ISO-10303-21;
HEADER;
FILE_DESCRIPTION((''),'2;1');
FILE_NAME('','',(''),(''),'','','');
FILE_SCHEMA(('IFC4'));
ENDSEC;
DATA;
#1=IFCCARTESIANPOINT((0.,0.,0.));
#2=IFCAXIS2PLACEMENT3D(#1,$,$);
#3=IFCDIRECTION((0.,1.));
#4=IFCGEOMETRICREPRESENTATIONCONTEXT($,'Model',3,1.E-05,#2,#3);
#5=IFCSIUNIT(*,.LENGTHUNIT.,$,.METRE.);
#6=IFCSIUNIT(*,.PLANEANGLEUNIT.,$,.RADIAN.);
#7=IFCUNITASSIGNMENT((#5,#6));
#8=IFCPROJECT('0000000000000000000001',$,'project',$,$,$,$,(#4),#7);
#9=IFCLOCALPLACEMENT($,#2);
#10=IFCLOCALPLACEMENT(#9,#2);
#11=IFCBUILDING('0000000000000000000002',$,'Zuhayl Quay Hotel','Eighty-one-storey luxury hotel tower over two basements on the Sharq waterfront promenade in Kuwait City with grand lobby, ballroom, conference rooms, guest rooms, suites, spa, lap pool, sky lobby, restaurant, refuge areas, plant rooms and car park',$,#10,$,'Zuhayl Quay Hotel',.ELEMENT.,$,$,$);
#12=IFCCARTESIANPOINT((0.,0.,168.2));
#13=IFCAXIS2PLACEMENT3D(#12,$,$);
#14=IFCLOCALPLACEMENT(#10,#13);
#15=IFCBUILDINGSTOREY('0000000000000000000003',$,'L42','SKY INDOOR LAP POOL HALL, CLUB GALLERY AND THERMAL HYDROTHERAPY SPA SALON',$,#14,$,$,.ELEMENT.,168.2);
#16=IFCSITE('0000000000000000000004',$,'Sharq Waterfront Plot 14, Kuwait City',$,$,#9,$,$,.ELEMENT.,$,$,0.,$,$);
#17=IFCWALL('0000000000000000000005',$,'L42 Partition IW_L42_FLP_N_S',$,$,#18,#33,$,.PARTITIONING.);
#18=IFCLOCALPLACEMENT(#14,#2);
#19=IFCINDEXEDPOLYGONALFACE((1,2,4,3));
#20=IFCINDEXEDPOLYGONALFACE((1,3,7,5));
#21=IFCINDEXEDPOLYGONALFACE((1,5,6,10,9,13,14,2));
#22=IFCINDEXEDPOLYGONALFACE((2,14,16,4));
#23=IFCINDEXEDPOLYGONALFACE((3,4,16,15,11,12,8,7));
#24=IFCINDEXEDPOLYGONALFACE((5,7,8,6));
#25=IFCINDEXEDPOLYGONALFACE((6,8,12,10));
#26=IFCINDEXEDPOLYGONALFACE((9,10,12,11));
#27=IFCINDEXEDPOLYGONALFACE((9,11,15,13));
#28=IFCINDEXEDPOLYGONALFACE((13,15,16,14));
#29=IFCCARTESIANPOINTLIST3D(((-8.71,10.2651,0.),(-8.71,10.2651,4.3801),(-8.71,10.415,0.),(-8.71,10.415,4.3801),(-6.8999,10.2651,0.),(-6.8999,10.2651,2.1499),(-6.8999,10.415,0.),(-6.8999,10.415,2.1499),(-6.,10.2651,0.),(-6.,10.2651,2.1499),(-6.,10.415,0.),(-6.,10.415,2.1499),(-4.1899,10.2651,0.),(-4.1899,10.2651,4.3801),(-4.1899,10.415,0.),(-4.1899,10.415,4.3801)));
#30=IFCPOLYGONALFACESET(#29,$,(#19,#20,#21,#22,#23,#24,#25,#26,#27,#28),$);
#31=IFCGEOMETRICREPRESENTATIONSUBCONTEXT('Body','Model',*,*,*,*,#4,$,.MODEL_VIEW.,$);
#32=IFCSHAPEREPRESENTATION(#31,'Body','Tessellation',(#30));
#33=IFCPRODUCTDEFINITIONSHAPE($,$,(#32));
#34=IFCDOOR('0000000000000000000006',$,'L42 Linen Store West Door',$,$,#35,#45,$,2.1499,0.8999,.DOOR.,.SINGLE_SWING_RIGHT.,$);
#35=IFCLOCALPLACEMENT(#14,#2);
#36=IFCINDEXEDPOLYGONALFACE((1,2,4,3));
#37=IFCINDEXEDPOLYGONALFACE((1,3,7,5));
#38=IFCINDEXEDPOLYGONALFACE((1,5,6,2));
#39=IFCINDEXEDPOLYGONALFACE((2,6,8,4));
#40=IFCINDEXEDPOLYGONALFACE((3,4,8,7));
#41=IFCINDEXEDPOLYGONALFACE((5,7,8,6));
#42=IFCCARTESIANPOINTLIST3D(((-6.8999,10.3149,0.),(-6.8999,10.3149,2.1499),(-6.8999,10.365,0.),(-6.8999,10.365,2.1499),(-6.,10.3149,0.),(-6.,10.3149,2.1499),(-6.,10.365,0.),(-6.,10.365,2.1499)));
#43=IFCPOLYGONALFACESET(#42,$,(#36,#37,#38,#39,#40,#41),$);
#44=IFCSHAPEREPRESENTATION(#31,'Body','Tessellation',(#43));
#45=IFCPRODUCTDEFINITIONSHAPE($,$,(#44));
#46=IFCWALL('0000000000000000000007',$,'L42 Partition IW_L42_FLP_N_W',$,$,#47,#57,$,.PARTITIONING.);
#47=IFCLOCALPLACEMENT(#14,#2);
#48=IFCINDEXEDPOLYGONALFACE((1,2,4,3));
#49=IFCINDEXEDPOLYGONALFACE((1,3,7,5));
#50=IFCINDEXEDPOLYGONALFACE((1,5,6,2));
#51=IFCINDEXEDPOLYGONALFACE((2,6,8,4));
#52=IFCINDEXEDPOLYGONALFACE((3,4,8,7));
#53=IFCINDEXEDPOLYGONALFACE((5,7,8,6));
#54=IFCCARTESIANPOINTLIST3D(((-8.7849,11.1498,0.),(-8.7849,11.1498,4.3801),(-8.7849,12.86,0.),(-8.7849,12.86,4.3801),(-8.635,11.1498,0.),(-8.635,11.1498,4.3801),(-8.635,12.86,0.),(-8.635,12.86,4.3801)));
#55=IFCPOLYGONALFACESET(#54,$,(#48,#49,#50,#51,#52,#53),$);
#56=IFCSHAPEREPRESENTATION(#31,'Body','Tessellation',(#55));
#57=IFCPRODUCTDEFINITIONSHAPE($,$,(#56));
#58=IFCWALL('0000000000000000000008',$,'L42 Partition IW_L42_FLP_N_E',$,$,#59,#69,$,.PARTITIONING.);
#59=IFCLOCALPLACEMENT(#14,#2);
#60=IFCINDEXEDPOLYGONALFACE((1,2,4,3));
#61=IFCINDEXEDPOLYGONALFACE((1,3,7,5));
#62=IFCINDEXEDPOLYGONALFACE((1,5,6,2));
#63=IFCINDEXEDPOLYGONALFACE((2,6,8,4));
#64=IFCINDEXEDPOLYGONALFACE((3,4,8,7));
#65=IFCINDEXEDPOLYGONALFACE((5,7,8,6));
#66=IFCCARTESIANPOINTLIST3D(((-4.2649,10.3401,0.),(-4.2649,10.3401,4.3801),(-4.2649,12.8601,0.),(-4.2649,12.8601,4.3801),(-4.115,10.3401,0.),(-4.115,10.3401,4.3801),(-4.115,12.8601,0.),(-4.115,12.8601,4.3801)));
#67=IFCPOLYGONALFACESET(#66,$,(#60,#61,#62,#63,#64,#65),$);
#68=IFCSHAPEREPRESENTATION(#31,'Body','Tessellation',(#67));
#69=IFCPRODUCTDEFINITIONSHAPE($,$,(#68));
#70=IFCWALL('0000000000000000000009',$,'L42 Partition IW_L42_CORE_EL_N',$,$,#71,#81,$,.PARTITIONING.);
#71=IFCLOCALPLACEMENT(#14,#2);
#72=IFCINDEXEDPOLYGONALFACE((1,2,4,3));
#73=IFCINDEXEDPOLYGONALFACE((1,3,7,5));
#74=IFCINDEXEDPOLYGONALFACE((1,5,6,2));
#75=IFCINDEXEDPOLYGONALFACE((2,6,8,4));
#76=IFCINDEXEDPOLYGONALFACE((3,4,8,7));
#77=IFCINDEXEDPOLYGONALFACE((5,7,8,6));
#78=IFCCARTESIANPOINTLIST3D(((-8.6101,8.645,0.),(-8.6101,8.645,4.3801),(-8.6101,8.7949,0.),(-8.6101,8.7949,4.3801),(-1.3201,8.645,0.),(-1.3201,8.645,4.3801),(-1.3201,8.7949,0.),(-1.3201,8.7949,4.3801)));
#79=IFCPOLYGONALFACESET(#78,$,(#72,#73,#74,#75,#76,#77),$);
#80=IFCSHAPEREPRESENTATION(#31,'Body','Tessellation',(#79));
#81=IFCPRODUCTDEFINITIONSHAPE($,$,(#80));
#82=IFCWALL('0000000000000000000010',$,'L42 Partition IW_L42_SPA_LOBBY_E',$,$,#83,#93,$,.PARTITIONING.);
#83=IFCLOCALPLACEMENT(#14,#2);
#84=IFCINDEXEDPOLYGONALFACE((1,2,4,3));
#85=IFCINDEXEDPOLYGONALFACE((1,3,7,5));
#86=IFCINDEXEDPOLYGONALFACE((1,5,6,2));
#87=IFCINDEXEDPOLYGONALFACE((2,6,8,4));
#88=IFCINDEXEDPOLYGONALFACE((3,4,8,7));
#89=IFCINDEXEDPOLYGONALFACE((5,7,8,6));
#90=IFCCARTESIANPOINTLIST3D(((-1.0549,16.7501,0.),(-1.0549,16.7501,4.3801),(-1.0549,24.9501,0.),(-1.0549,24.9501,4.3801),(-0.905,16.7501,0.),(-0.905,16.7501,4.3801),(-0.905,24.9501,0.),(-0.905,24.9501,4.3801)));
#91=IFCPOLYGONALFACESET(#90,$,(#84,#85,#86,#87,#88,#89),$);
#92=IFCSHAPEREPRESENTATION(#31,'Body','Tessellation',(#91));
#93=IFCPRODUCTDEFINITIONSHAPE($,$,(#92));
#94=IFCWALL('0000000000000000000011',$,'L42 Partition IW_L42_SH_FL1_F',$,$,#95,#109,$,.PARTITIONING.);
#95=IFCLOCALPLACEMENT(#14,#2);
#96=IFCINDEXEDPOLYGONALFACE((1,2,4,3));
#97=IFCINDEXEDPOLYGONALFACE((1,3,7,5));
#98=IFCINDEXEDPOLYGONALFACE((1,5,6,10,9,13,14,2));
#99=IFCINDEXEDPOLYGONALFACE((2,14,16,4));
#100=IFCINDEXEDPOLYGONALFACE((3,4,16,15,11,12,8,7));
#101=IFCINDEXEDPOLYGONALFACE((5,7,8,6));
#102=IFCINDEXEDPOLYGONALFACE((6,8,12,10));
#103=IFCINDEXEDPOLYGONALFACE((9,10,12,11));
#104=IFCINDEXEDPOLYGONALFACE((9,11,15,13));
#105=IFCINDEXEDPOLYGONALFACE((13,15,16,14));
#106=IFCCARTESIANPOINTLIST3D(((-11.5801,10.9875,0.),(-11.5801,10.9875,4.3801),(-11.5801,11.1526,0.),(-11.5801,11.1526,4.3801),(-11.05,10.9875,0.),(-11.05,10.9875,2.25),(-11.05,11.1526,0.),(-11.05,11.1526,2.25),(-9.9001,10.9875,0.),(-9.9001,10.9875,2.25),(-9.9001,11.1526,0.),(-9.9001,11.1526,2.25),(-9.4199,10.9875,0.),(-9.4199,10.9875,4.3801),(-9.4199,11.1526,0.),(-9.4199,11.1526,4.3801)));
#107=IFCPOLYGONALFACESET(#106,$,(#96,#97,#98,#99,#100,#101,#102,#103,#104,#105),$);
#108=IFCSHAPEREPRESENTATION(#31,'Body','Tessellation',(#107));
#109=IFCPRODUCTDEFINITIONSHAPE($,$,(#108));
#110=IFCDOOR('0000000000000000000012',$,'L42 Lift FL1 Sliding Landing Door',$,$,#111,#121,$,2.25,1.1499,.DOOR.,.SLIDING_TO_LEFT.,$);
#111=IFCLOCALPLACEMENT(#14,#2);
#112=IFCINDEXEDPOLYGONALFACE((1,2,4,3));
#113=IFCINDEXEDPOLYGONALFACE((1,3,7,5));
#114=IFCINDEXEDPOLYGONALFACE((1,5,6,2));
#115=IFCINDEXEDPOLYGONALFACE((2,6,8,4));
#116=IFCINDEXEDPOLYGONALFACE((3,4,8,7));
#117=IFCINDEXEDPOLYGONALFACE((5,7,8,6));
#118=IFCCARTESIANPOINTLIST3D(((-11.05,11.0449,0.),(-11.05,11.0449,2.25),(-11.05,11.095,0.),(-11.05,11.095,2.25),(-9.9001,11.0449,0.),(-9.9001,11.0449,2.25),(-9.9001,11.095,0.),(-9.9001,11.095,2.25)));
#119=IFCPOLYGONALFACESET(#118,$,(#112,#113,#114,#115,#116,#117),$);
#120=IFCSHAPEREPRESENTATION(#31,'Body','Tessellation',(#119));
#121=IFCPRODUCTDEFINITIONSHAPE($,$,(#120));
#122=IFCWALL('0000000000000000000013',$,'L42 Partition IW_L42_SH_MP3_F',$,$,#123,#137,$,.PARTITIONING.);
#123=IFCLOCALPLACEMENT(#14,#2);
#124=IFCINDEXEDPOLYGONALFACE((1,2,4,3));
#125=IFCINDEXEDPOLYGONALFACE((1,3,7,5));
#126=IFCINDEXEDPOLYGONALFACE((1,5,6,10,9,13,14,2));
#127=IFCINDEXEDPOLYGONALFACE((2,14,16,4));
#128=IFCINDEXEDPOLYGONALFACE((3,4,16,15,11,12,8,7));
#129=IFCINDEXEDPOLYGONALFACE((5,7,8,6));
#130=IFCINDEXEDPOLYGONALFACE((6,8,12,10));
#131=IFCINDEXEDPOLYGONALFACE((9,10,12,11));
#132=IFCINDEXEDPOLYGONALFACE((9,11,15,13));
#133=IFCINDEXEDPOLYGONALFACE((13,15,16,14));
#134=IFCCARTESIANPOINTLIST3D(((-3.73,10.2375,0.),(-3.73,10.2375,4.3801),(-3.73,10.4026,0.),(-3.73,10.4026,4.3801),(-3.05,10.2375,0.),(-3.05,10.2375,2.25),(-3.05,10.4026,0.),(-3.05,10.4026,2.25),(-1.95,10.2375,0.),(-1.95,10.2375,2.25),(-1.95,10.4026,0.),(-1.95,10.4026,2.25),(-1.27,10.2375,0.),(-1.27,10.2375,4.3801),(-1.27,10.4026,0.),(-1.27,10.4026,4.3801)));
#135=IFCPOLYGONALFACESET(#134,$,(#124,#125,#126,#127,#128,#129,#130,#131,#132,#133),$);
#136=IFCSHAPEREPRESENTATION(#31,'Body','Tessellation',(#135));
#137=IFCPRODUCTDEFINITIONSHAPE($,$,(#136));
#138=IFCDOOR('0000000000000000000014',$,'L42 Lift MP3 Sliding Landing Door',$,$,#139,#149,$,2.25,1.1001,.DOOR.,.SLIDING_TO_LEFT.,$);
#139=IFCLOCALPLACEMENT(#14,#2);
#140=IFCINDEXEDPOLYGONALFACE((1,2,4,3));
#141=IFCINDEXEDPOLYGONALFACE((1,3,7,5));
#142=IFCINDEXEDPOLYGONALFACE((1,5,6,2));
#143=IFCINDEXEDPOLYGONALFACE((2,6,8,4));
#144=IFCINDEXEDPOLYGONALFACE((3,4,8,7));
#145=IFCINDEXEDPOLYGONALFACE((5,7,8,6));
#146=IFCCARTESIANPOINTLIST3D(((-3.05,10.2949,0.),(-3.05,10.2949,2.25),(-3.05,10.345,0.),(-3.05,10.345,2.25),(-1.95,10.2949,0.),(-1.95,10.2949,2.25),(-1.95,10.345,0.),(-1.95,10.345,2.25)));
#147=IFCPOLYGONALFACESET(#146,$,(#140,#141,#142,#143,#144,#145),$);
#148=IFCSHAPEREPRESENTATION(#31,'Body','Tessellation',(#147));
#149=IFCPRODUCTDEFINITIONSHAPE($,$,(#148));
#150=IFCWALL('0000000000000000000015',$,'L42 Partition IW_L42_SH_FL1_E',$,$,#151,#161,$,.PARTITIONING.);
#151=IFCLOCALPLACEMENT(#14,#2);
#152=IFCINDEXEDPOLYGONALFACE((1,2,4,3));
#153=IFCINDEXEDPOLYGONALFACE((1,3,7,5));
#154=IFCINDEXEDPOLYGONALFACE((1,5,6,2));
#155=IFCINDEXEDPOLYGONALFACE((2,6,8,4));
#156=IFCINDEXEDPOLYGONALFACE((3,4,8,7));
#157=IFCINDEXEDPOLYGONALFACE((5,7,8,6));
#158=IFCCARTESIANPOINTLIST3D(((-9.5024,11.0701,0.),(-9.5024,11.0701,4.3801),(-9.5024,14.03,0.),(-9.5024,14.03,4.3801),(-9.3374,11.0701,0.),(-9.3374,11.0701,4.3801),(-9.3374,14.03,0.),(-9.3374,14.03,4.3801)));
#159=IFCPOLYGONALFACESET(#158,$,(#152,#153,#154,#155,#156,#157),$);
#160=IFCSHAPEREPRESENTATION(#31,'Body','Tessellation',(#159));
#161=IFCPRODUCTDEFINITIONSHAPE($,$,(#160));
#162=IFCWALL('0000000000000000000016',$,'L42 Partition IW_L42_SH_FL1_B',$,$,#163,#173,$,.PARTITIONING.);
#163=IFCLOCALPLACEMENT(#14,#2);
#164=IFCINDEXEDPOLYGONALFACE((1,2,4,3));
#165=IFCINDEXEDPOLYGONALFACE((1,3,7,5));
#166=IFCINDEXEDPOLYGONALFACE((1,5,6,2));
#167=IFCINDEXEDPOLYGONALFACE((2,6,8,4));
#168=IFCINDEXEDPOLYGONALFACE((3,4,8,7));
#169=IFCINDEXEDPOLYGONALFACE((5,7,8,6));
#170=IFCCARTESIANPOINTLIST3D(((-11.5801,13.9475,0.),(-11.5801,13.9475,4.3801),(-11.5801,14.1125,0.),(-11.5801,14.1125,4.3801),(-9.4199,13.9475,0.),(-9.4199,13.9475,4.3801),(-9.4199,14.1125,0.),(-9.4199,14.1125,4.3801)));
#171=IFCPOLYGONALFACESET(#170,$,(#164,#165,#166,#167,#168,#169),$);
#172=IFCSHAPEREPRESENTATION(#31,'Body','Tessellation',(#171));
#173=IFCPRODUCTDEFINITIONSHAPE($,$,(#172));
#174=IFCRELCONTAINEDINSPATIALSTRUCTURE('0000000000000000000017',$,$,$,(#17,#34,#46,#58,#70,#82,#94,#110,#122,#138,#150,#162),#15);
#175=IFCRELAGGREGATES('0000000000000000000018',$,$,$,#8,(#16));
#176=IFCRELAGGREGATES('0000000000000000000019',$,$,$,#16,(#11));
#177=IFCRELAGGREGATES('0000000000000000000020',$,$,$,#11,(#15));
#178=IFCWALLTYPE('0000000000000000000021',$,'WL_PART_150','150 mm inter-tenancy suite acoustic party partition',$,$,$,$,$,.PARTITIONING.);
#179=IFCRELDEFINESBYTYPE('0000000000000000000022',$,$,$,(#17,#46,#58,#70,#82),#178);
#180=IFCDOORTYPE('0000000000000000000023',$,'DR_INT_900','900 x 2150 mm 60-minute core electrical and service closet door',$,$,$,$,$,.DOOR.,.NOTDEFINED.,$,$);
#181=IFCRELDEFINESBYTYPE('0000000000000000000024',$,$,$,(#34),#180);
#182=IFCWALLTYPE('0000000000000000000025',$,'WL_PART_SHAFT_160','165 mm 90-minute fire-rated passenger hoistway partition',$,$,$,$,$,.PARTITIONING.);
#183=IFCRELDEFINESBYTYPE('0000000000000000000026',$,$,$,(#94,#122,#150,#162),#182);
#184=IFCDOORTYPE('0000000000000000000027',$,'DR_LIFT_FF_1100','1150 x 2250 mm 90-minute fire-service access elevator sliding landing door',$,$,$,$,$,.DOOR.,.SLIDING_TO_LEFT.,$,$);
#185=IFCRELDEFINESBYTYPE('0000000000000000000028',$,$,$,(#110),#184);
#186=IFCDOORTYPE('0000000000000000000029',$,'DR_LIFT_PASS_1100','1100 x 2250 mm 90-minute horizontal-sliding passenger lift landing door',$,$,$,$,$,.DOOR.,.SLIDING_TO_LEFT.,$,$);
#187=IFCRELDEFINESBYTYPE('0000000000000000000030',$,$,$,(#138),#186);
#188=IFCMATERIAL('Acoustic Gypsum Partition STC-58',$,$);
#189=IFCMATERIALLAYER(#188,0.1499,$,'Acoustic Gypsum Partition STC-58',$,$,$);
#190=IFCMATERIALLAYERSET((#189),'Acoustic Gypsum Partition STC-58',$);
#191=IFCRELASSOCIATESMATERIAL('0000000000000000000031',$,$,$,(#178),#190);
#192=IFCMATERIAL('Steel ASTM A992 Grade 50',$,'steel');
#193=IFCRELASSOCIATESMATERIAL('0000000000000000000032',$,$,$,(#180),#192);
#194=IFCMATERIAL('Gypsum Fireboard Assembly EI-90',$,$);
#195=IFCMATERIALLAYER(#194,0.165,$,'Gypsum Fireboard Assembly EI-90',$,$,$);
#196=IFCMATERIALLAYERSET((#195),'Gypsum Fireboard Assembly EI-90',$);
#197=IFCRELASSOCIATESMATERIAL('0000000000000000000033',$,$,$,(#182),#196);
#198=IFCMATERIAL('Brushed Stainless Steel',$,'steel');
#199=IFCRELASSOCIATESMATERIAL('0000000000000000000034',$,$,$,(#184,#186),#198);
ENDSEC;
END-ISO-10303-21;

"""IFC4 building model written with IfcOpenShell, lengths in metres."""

from ifc_helpers import new_model, si_unit, direction, frame, frame_2d, origin, place, context, subcontext, project, spatial, rectangle, extrude, material, layer, layer_set, type_object, element, fill, save


model = new_model("IFC4")

# Units and contexts
model_context = context("Model", 3, precision=1e-05, world=origin(), true_north=direction((0.0, 1.0)))
body_context = subcontext(model_context, "Body", "Model", "MODEL_VIEW")
ifc_project = project(units=[si_unit("LENGTHUNIT", "METRE"), si_unit("PLANEANGLEUNIT", "RADIAN")], contexts=[model_context])

# Site, building, storey
site_placement = place(None, origin())
site = spatial("IfcSite", under=ifc_project, at=site_placement, Name="Sharq Waterfront Plot 14, Kuwait City", CompositionType="ELEMENT", RefElevation=0.0)
building_placement = place(site_placement, origin())
building = spatial("IfcBuilding", under=site, at=building_placement, Name="Zuhayl Quay Hotel", Description="Eighty-one-storey luxury hotel tower over two basements on the Sharq waterfront promenade in Kuwait City with grand lobby, ballroom, conference rooms, guest rooms, suites, spa, lap pool, sky lobby, restaurant, refuge areas, plant rooms and car park", LongName="Zuhayl Quay Hotel", CompositionType="ELEMENT")
storey_placement = place(building_placement, frame((0.0, 0.0, 168.2)))
storey = spatial("IfcBuildingStorey", under=building, at=storey_placement, Name="L42", Description="SKY INDOOR LAP POOL HALL, CLUB GALLERY AND THERMAL HYDROTHERAPY SPA SALON", CompositionType="ELEMENT", Elevation=168.2)

# Shared definitions
ifc_material_1 = material(Name="Steel ASTM A992 Grade 50", Category="steel")

# Wall, opening, door
ifc_material_2 = material(Name="Acoustic Gypsum Partition STC-58")
ifc_layer_1 = layer(ifc_material_2, 0.1499, Name="Acoustic Gypsum Partition STC-58")
ifc_layer_set_1 = layer_set([ifc_layer_1], Name="Acoustic Gypsum Partition STC-58")
wall_type_1 = type_object("IfcWallType", Name="WL_PART_150", Description="150 mm inter-tenancy suite acoustic party partition", PredefinedType="PARTITIONING", material=ifc_layer_set_1)
wall_1_placement = place(storey_placement, frame((-8.71, 10.3401, 0.0), z_axis=(0.0, 0.0, 1.0), x_axis=(1.0, 0.0, 0.0)))
wall_1 = element("IfcWall", 1, at=wall_1_placement, inside=storey, type_object=wall_type_1, Name="L42 Partition IW_L42_FLP_N_S", PredefinedType="PARTITIONING", context=body_context, shape_type="SweptSolid", body=[
    extrude(rectangle(XDim=4.52, YDim=0.1499, at=frame_2d((2.26, 0.0))), origin(), (0.0, 0.0, 1.0), 4.3801),
])
opening_1_placement = place(wall_1_placement, frame((1.8101, 0.0, 0.0)))
opening_1 = element("IfcOpeningElement", 2, at=opening_1_placement, cuts=wall_1, PredefinedType="OPENING", context=body_context, shape_type="SweptSolid", body=[
    extrude(rectangle(XDim=0.8999, YDim=2.1499, at=frame_2d((0.45, 1.075))), frame((0.0, 0.085, 0.0), z_axis=(0.0, -1.0, 0.0), x_axis=(1.0, 0.0, 0.0)), (0.0, 0.0, 1.0), 0.1699),
])
door_type_1 = type_object("IfcDoorType", Name="DR_INT_900", Description="900 x 2150 mm 60-minute core electrical and service closet door", OperationType="NOTDEFINED", PredefinedType="DOOR", material=ifc_material_1)
door_1_placement = place(opening_1_placement, origin())
door_1 = element("IfcDoor", 3, at=door_1_placement, inside=storey, type_object=door_type_1, Name="L42 Linen Store West Door", OperationType="SINGLE_SWING_RIGHT", OverallHeight=2.1499, OverallWidth=0.8999, PredefinedType="DOOR", context=body_context, shape_type="SweptSolid", body=[
    extrude(rectangle(XDim=0.8999, YDim=2.1499, at=frame_2d((0.45, 1.075))), frame((0.0, 0.0249, 0.0), z_axis=(0.0, -1.0, 0.0), x_axis=(1.0, 0.0, 0.0)), (0.0, 0.0, 1.0), 0.05),
])
fill(opening_1, door_1)

# Walls
wall_2_placement = place(storey_placement, frame((-8.71, 11.1499, 0.0), z_axis=(0.0, 0.0, 1.0), x_axis=(0.0, 1.0, 0.0)))
element("IfcWall", 4, at=wall_2_placement, inside=storey, type_object=wall_type_1, Name="L42 Partition IW_L42_FLP_N_W", PredefinedType="PARTITIONING", context=body_context, shape_type="SweptSolid", body=[
    extrude(rectangle(XDim=1.7102, YDim=0.1499, at=frame_2d((0.855, 0.0))), origin(), (0.0, 0.0, 1.0), 4.3801),
])
wall_3_placement = place(storey_placement, frame((-4.1899, 10.3401, 0.0), z_axis=(0.0, 0.0, 1.0), x_axis=(0.0, 1.0, 0.0)))
element("IfcWall", 5, at=wall_3_placement, inside=storey, type_object=wall_type_1, Name="L42 Partition IW_L42_FLP_N_E", PredefinedType="PARTITIONING", context=body_context, shape_type="SweptSolid", body=[
    extrude(rectangle(XDim=2.52, YDim=0.1499, at=frame_2d((1.26, 0.0))), origin(), (0.0, 0.0, 1.0), 4.3801),
])
wall_4_placement = place(storey_placement, frame((-8.6101, 8.72, 0.0), z_axis=(0.0, 0.0, 1.0), x_axis=(1.0, 0.0, 0.0)))
element("IfcWall", 6, at=wall_4_placement, inside=storey, type_object=wall_type_1, Name="L42 Partition IW_L42_CORE_EL_N", PredefinedType="PARTITIONING", context=body_context, shape_type="SweptSolid", body=[
    extrude(rectangle(XDim=7.29, YDim=0.1499, at=frame_2d((3.645, 0.0))), origin(), (0.0, 0.0, 1.0), 4.3801),
])
wall_5_placement = place(storey_placement, frame((-0.98, 16.75, 0.0), z_axis=(0.0, 0.0, 1.0), x_axis=(0.0, 1.0, 0.0)))
element("IfcWall", 7, at=wall_5_placement, inside=storey, type_object=wall_type_1, Name="L42 Partition IW_L42_SPA_LOBBY_E", PredefinedType="PARTITIONING", context=body_context, shape_type="SweptSolid", body=[
    extrude(rectangle(XDim=8.2, YDim=0.1499, at=frame_2d((4.1001, 0.0))), origin(), (0.0, 0.0, 1.0), 4.3801),
])

# Walls, openings, doors
ifc_material_3 = material(Name="Gypsum Fireboard Assembly EI-90")
ifc_layer_2 = layer(ifc_material_3, 0.165, Name="Gypsum Fireboard Assembly EI-90")
ifc_layer_set_2 = layer_set([ifc_layer_2], Name="Gypsum Fireboard Assembly EI-90")
wall_type_2 = type_object("IfcWallType", Name="WL_PART_SHAFT_160", Description="165 mm 90-minute fire-rated passenger hoistway partition", PredefinedType="PARTITIONING", material=ifc_layer_set_2)
wall_6_placement = place(storey_placement, frame((-11.5801, 11.0701, 0.0), z_axis=(0.0, 0.0, 1.0), x_axis=(1.0, 0.0, 0.0)))
wall_6 = element("IfcWall", 8, at=wall_6_placement, inside=storey, type_object=wall_type_2, Name="L42 Partition IW_L42_SH_FL1_F", PredefinedType="PARTITIONING", context=body_context, shape_type="SweptSolid", body=[
    extrude(rectangle(XDim=2.1602, YDim=0.165, at=frame_2d((1.0801, 0.0))), origin(), (0.0, 0.0, 1.0), 4.3801),
])
opening_2_placement = place(wall_6_placement, frame((0.53, 0.0, 0.0)))
opening_2 = element("IfcOpeningElement", 9, at=opening_2_placement, cuts=wall_6, PredefinedType="OPENING", context=body_context, shape_type="SweptSolid", body=[
    extrude(rectangle(XDim=1.1499, YDim=2.25, at=frame_2d((0.575, 1.125))), frame((0.0, 0.0925, 0.0), z_axis=(0.0, -1.0, 0.0), x_axis=(1.0, 0.0, 0.0)), (0.0, 0.0, 1.0), 0.1851),
])
ifc_material_4 = material(Name="Brushed Stainless Steel", Category="steel")
door_type_2 = type_object("IfcDoorType", Name="DR_LIFT_FF_1100", Description="1150 x 2250 mm 90-minute fire-service access elevator sliding landing door", OperationType="SLIDING_TO_LEFT", PredefinedType="DOOR", material=ifc_material_4)
door_2_placement = place(opening_2_placement, origin())
door_2 = element("IfcDoor", 10, at=door_2_placement, inside=storey, type_object=door_type_2, Name="L42 Lift FL1 Sliding Landing Door", OperationType="SLIDING_TO_LEFT", OverallHeight=2.25, OverallWidth=1.1499, PredefinedType="DOOR", context=body_context, shape_type="SweptSolid", body=[
    extrude(rectangle(XDim=1.1499, YDim=2.25, at=frame_2d((0.575, 1.125))), frame((0.0, 0.0249, 0.0), z_axis=(0.0, -1.0, 0.0), x_axis=(1.0, 0.0, 0.0)), (0.0, 0.0, 1.0), 0.05),
])
fill(opening_2, door_2)
wall_7_placement = place(storey_placement, frame((-3.73, 10.3201, 0.0), z_axis=(0.0, 0.0, 1.0), x_axis=(1.0, 0.0, 0.0)))
wall_7 = element("IfcWall", 11, at=wall_7_placement, inside=storey, type_object=wall_type_2, Name="L42 Partition IW_L42_SH_MP3_F", PredefinedType="PARTITIONING", context=body_context, shape_type="SweptSolid", body=[
    extrude(rectangle(XDim=2.46, YDim=0.165, at=frame_2d((1.23, 0.0))), origin(), (0.0, 0.0, 1.0), 4.3801),
])
opening_3_placement = place(wall_7_placement, frame((0.6799, 0.0, 0.0)))
opening_3 = element("IfcOpeningElement", 12, at=opening_3_placement, cuts=wall_7, PredefinedType="OPENING", context=body_context, shape_type="SweptSolid", body=[
    extrude(rectangle(XDim=1.1001, YDim=2.25, at=frame_2d((0.55, 1.125))), frame((0.0, 0.0925, 0.0), z_axis=(0.0, -1.0, 0.0), x_axis=(1.0, 0.0, 0.0)), (0.0, 0.0, 1.0), 0.1851),
])
door_type_3 = type_object("IfcDoorType", Name="DR_LIFT_PASS_1100", Description="1100 x 2250 mm 90-minute horizontal-sliding passenger lift landing door", OperationType="SLIDING_TO_LEFT", PredefinedType="DOOR", material=ifc_material_4)
door_3_placement = place(opening_3_placement, origin())
door_3 = element("IfcDoor", 13, at=door_3_placement, inside=storey, type_object=door_type_3, Name="L42 Lift MP3 Sliding Landing Door", OperationType="SLIDING_TO_LEFT", OverallHeight=2.25, OverallWidth=1.1001, PredefinedType="DOOR", context=body_context, shape_type="SweptSolid", body=[
    extrude(rectangle(XDim=1.1001, YDim=2.25, at=frame_2d((0.55, 1.125))), frame((0.0, 0.0249, 0.0), z_axis=(0.0, -1.0, 0.0), x_axis=(1.0, 0.0, 0.0)), (0.0, 0.0, 1.0), 0.05),
])
fill(opening_3, door_3)

# Walls
wall_8_placement = place(storey_placement, frame((-9.4199, 11.0701, 0.0), z_axis=(0.0, 0.0, 1.0), x_axis=(0.0, 1.0, 0.0)))
element("IfcWall", 14, at=wall_8_placement, inside=storey, type_object=wall_type_2, Name="L42 Partition IW_L42_SH_FL1_E", PredefinedType="PARTITIONING", context=body_context, shape_type="SweptSolid", body=[
    extrude(rectangle(XDim=2.96, YDim=0.165, at=frame_2d((1.48, 0.0))), origin(), (0.0, 0.0, 1.0), 4.3801),
])
wall_9_placement = place(storey_placement, frame((-11.5801, 14.03, 0.0), z_axis=(0.0, 0.0, 1.0), x_axis=(1.0, 0.0, 0.0)))
element("IfcWall", 15, at=wall_9_placement, inside=storey, type_object=wall_type_2, Name="L42 Partition IW_L42_SH_FL1_B", PredefinedType="PARTITIONING", context=body_context, shape_type="SweptSolid", body=[
    extrude(rectangle(XDim=2.1602, YDim=0.165, at=frame_2d((1.0801, 0.0))), origin(), (0.0, 0.0, 1.0), 4.3801),
])

save(model, "model.ifc")
